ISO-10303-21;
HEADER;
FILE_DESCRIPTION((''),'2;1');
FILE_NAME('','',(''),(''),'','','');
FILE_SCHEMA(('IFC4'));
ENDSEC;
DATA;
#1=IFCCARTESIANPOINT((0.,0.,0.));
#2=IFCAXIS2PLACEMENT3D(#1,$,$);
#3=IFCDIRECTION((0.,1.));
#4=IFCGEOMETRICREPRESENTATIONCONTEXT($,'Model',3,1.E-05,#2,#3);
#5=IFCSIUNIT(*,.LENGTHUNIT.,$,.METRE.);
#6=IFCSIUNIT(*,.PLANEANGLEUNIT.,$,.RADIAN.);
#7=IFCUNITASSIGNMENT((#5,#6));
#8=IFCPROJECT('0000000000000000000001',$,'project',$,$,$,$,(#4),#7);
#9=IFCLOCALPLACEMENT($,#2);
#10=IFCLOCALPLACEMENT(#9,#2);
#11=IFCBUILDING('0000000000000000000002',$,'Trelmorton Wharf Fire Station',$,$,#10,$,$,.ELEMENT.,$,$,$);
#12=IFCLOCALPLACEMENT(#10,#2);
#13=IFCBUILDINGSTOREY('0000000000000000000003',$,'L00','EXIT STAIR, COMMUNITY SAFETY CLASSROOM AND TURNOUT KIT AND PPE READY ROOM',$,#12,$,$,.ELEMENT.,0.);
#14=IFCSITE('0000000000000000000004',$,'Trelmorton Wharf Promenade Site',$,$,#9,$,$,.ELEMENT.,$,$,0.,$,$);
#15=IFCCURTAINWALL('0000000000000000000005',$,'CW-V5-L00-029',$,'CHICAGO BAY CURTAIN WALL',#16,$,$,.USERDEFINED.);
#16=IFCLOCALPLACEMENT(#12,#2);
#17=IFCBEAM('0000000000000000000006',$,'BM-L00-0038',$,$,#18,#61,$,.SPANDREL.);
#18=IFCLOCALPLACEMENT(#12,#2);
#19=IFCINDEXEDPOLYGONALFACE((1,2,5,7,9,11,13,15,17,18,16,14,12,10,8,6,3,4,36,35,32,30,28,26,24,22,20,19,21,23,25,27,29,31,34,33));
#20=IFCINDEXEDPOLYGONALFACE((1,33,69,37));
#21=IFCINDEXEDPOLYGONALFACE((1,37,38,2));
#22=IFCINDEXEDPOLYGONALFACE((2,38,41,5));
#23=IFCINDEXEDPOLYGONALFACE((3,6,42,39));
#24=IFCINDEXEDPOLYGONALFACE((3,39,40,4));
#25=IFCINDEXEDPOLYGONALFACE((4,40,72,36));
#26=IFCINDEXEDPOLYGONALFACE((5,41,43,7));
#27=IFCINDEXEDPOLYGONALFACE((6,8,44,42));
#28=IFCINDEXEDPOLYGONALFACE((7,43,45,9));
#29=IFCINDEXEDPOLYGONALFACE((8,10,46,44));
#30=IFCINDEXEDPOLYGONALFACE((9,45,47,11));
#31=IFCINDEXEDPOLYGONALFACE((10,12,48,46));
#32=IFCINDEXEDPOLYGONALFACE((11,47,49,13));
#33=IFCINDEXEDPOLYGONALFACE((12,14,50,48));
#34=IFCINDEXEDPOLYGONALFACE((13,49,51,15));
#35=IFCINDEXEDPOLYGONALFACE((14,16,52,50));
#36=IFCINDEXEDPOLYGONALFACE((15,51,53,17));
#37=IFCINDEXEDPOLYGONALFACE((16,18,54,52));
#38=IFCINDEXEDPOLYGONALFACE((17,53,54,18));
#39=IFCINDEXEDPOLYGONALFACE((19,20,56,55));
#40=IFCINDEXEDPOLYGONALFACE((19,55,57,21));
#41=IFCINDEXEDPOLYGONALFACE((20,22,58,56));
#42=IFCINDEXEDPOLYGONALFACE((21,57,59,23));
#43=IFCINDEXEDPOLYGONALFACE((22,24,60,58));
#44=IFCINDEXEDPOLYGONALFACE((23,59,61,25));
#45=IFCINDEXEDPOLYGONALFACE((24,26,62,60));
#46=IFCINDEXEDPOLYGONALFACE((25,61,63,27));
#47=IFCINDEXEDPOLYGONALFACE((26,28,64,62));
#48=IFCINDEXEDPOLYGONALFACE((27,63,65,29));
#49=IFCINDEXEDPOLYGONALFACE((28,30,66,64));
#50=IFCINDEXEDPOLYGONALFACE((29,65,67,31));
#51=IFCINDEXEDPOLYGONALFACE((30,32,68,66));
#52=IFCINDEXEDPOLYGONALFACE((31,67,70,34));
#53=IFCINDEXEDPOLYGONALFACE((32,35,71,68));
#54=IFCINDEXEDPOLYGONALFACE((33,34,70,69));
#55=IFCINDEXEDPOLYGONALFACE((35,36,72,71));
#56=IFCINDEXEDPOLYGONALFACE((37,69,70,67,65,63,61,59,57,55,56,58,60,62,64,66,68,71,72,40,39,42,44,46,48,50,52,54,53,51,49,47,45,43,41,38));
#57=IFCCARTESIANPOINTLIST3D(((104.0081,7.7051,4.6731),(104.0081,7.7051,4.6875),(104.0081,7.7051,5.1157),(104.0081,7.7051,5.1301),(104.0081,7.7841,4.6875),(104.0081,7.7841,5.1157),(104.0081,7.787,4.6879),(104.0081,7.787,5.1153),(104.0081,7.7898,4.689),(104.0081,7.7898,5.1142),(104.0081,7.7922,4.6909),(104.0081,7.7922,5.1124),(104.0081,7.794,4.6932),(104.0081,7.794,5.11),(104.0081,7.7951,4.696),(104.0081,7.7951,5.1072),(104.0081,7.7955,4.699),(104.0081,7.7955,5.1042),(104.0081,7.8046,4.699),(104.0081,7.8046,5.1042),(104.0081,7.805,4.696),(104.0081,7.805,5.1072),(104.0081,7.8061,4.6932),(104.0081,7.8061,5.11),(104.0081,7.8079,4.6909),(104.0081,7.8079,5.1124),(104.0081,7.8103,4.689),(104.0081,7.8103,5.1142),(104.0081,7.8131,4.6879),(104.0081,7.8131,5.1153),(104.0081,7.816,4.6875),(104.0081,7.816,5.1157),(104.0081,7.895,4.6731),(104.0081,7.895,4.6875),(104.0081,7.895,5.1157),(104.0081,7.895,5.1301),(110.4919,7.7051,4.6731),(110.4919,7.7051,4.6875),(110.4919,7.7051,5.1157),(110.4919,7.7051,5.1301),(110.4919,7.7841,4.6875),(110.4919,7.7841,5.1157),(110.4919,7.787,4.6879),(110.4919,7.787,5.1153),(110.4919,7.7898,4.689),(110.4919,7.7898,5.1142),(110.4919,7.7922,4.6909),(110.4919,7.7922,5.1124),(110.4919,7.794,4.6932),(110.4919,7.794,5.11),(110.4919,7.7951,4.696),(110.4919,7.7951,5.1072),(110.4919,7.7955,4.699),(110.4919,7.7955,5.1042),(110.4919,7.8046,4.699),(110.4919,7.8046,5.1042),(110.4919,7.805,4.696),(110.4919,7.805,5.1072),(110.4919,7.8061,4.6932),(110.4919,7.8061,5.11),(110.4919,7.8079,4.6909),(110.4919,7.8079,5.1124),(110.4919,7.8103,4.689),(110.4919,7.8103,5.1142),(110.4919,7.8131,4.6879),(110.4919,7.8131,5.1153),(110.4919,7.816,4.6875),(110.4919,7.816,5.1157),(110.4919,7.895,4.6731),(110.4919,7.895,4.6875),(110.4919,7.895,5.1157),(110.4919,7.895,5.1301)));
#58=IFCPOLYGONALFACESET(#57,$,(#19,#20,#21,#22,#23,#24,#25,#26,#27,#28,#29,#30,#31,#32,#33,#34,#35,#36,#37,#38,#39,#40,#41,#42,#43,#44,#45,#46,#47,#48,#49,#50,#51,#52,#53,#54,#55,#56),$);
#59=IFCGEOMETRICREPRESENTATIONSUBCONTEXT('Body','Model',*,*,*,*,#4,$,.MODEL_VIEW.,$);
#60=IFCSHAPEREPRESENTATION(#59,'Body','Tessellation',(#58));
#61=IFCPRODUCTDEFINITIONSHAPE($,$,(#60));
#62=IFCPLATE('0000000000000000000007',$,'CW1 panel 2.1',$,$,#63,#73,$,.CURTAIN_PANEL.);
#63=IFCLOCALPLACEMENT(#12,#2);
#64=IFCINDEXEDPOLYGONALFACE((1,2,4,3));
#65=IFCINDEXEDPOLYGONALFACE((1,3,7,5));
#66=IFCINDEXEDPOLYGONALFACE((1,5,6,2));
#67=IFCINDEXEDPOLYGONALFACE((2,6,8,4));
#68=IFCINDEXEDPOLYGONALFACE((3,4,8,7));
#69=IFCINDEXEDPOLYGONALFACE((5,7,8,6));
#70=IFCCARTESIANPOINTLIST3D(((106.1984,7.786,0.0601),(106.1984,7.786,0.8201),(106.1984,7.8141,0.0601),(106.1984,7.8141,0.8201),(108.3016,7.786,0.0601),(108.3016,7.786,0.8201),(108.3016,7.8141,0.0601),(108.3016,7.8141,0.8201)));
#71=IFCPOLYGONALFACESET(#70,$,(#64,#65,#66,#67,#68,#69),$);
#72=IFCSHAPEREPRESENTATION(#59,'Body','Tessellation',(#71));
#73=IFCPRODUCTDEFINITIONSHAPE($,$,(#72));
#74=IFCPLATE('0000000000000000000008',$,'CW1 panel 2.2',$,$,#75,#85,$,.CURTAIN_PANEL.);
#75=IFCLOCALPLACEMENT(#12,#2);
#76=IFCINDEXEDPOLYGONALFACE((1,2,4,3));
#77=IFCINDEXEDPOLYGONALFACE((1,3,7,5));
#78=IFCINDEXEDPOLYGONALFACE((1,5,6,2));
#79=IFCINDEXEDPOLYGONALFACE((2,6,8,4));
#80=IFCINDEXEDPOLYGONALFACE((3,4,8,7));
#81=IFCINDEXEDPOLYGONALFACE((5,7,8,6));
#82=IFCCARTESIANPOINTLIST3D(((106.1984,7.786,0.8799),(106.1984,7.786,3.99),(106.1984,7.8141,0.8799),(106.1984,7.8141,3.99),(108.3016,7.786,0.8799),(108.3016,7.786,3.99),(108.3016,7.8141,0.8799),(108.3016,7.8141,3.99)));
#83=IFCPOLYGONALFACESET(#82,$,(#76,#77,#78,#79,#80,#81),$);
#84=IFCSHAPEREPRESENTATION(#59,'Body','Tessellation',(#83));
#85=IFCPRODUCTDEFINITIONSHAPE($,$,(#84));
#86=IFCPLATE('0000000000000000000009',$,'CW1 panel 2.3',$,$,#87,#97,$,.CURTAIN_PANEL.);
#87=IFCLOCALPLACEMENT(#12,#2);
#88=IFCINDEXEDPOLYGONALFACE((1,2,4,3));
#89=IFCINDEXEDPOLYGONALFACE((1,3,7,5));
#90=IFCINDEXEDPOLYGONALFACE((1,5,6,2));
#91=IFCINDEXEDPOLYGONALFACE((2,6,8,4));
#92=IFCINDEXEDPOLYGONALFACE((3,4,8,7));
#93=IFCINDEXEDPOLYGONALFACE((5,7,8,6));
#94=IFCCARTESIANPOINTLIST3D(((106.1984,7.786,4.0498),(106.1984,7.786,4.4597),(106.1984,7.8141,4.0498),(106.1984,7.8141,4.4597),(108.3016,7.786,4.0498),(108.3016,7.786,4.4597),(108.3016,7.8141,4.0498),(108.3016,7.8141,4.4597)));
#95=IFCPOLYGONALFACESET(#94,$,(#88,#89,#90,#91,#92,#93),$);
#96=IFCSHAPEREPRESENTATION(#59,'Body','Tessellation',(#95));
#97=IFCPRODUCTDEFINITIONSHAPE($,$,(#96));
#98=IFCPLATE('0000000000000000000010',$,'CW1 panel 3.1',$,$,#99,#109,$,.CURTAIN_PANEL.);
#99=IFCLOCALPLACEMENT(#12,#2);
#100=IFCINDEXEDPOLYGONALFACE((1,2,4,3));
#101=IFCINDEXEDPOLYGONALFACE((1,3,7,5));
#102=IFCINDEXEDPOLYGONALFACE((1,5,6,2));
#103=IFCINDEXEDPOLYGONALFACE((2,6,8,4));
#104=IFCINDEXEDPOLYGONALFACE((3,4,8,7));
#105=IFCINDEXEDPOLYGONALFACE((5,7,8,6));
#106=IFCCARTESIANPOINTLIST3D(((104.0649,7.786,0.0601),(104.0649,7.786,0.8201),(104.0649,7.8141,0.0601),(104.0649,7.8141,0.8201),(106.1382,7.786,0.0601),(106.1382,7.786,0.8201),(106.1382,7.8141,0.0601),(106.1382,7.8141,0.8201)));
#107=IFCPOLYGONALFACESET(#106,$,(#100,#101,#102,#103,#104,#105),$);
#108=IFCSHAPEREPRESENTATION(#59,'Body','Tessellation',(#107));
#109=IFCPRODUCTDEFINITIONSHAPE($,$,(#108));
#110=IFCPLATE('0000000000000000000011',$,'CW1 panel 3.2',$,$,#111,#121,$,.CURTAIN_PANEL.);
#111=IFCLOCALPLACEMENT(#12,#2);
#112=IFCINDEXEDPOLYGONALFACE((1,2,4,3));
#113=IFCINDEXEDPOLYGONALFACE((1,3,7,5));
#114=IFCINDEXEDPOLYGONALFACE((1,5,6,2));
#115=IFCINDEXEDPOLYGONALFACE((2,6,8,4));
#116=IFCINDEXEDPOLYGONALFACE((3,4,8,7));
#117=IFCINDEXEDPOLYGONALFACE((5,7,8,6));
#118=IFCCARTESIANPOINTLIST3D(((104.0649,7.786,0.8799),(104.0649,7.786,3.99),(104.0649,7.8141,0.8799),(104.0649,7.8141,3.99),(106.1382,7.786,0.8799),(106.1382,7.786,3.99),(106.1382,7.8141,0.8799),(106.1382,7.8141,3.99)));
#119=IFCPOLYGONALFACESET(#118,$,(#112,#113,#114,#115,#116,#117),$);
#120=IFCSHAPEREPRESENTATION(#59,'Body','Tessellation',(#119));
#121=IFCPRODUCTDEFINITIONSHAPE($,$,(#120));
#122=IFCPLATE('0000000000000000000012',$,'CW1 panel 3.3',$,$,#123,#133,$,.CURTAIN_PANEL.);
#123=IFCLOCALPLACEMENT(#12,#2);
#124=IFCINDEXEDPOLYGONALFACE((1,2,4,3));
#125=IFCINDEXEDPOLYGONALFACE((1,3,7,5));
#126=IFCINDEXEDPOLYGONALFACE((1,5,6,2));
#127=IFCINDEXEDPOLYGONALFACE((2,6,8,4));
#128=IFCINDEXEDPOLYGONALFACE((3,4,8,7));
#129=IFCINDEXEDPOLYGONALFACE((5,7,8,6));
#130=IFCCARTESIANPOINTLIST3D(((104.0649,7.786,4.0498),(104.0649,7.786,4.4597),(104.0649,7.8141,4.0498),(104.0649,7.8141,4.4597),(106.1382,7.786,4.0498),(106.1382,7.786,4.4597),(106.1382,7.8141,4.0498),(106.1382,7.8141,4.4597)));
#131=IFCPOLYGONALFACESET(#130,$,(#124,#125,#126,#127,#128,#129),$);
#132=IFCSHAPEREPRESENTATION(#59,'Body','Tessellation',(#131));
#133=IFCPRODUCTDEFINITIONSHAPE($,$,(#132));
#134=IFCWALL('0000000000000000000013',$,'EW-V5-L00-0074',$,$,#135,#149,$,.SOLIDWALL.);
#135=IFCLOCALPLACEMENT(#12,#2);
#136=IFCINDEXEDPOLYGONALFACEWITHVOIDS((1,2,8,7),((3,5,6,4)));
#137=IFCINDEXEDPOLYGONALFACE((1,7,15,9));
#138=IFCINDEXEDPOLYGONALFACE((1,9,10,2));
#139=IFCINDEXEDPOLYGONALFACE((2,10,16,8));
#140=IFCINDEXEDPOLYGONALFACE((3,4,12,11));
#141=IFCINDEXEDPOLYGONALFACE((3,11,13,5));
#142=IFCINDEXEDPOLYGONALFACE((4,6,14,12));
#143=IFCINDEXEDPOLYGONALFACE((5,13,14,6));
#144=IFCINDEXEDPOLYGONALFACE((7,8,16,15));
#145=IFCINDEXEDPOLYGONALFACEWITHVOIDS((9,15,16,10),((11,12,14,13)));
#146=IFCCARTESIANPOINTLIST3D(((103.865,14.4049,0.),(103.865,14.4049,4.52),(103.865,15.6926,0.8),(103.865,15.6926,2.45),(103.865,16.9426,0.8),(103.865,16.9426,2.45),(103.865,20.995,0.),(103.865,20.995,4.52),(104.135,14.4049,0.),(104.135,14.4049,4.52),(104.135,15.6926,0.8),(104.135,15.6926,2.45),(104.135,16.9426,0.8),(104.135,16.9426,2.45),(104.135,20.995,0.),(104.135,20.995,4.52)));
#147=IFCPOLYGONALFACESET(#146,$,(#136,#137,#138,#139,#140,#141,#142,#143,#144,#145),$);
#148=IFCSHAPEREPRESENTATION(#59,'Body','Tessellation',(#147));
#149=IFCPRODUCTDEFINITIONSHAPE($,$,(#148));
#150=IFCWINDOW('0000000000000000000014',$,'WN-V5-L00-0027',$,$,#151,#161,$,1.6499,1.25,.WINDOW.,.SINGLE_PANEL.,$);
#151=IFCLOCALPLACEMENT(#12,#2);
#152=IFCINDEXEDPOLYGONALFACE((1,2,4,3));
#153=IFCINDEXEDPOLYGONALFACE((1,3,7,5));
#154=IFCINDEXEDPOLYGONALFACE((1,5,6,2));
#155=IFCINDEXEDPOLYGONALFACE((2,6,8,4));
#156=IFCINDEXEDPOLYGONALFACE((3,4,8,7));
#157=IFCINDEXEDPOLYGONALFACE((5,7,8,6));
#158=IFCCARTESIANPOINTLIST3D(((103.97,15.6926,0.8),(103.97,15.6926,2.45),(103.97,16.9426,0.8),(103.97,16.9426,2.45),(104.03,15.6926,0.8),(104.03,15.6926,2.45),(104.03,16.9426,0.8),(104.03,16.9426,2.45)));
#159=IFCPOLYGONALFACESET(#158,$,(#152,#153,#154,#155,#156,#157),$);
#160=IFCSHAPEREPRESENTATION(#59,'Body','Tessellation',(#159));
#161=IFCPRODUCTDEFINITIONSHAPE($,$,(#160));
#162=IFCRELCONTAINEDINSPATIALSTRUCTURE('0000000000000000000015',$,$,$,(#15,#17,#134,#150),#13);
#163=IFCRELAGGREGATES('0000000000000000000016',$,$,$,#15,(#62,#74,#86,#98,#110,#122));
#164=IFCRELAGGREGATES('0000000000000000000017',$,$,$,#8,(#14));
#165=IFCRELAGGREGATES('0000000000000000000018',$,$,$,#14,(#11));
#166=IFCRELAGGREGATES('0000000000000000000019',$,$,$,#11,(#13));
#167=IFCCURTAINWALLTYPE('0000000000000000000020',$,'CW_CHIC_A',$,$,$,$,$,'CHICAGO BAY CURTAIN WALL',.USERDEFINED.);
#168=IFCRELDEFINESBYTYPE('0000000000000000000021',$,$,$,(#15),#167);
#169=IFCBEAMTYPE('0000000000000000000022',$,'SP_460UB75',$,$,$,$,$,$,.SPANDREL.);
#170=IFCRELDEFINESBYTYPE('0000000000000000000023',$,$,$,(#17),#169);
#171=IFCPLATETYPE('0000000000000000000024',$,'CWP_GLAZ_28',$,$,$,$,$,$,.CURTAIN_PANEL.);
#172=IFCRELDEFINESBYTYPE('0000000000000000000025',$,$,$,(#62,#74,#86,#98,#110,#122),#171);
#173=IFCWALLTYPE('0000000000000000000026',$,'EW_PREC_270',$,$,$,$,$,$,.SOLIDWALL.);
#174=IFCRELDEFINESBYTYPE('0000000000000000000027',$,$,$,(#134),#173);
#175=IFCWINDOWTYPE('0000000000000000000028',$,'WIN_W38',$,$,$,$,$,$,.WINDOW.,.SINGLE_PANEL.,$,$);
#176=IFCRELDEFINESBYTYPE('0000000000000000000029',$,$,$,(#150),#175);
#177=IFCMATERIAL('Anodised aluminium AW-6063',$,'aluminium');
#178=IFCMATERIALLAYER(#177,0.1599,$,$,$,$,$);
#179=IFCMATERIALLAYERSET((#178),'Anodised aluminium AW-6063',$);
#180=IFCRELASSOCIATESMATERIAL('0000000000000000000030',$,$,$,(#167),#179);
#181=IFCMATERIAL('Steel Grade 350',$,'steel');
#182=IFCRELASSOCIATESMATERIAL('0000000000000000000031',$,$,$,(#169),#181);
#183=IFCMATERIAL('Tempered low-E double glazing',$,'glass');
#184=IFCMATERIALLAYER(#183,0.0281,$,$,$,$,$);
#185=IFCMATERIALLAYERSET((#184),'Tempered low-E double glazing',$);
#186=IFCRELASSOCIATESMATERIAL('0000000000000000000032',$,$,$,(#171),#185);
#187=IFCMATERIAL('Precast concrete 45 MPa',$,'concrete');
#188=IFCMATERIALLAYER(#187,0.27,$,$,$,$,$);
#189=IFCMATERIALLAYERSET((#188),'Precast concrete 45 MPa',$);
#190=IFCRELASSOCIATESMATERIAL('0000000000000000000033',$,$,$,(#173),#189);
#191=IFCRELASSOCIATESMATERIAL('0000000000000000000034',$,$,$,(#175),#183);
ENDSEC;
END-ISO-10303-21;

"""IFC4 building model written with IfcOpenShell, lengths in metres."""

from ifc_helpers import new_model, si_unit, direction, frame, frame_2d, origin, origin_2d, place, context, subcontext, project, spatial, rectangle, i_section, extrude, material, layer, layer_set, material_profile, profile_set, type_object, element, fill, aggregate, save


model = new_model("IFC4")

# Units and contexts
model_context = context("Model", 3, precision=1e-05, world=origin(), true_north=direction((0.0, 1.0)))
body_context = subcontext(model_context, "Body", "Model", "MODEL_VIEW")
ifc_project = project(units=[si_unit("LENGTHUNIT", "METRE"), si_unit("PLANEANGLEUNIT", "RADIAN")], contexts=[model_context])

# Site, building, storey
site_placement = place(None, origin())
site = spatial("IfcSite", under=ifc_project, at=site_placement, Name="Trelmorton Wharf Promenade Site", CompositionType="ELEMENT", RefElevation=0.0)
building_placement = place(site_placement, origin())
building = spatial("IfcBuilding", under=site, at=building_placement, Name="Trelmorton Wharf Fire Station", CompositionType="ELEMENT")
storey_placement = place(building_placement, origin())
storey = spatial("IfcBuildingStorey", under=building, at=storey_placement, Name="L00", Description="EXIT STAIR, COMMUNITY SAFETY CLASSROOM AND TURNOUT KIT AND PPE READY ROOM", CompositionType="ELEMENT", Elevation=0.0)

# Shared definitions
ifc_material_1 = material(Name="Steel Grade 350", Category="steel")

# Curtain wall
ifc_material_2 = material(Name="Anodised aluminium AW-6063", Category="aluminium")
ifc_layer_1 = layer(ifc_material_2, 0.1599)
ifc_layer_set_1 = layer_set([ifc_layer_1], Name="Anodised aluminium AW-6063")
curtain_wall_type = type_object("IfcCurtainWallType", Name="CW_CHIC_A", ElementType="CHICAGO BAY CURTAIN WALL", PredefinedType="USERDEFINED", material=ifc_layer_set_1)
curtain_wall_placement = place(storey_placement, origin())
curtain_wall = element("IfcCurtainWall", 1, at=curtain_wall_placement, inside=storey, type_object=curtain_wall_type, Name="CW-V5-L00-029", ObjectType="CHICAGO BAY CURTAIN WALL", PredefinedType="USERDEFINED")

# Beam
ifc_material_profile_1 = material_profile(ifc_material_1, i_section(OverallWidth=0.1899, OverallDepth=0.457, WebThickness=0.009, FlangeThickness=0.0144, FilletRadius=0.0115, at=origin_2d()), Name="460UB74.6")
ifc_profile_set_1 = profile_set([ifc_material_profile_1], Name="Steel Grade 350")
beam_type_1 = type_object("IfcBeamType", Name="SP_460UB75", PredefinedType="SPANDREL", material=ifc_profile_set_1)
beam_1_placement = place(storey_placement, frame((104.0081, 7.8, 4.9016), z_axis=(1.0, 0.0, 0.0), x_axis=(0.0, 1.0, 0.0)))
element("IfcBeam", 2, at=beam_1_placement, inside=storey, type_object=beam_type_1, Name="BM-L00-0038", PredefinedType="SPANDREL", context=body_context, shape_type="SweptSolid", body=[
    extrude(i_section(OverallWidth=0.1899, OverallDepth=0.457, WebThickness=0.009, FlangeThickness=0.0144, FilletRadius=0.0115, at=origin_2d()), origin(), (0.0, 0.0, 1.0), 6.4839),
])

# Plates
ifc_material_3 = material(Name="Tempered low-E double glazing", Category="glass")
ifc_layer_2 = layer(ifc_material_3, 0.0281)
ifc_layer_set_2 = layer_set([ifc_layer_2], Name="Tempered low-E double glazing")
plate_type = type_object("IfcPlateType", Name="CWP_GLAZ_28", PredefinedType="CURTAIN_PANEL", material=ifc_layer_set_2)
plate_1_placement = place(storey_placement, frame((107.25, 7.8, 0.0601), z_axis=(0.0, 0.0, 1.0), x_axis=(-1.0, 0.0, 0.0)))
plate_1 = element("IfcPlate", 3, at=plate_1_placement, type_object=plate_type, Name="CW1 panel 2.1", PredefinedType="CURTAIN_PANEL", context=body_context, shape_type="SweptSolid", body=[
    extrude(rectangle(XDim=2.1033, YDim=0.0281, at=origin_2d()), origin(), (0.0, 0.0, 1.0), 0.76),
])
plate_2_placement = place(storey_placement, frame((107.25, 7.8, 0.8799), z_axis=(0.0, 0.0, 1.0), x_axis=(-1.0, 0.0, 0.0)))
plate_2 = element("IfcPlate", 4, at=plate_2_placement, type_object=plate_type, Name="CW1 panel 2.2", PredefinedType="CURTAIN_PANEL", context=body_context, shape_type="SweptSolid", body=[
    extrude(rectangle(XDim=2.1033, YDim=0.0281, at=origin_2d()), origin(), (0.0, 0.0, 1.0), 3.1101),
])
plate_3_placement = place(storey_placement, frame((107.25, 7.8, 4.0498), z_axis=(0.0, 0.0, 1.0), x_axis=(-1.0, 0.0, 0.0)))
plate_3 = element("IfcPlate", 5, at=plate_3_placement, type_object=plate_type, Name="CW1 panel 2.3", PredefinedType="CURTAIN_PANEL", context=body_context, shape_type="SweptSolid", body=[
    extrude(rectangle(XDim=2.1033, YDim=0.0281, at=origin_2d()), origin(), (0.0, 0.0, 1.0), 0.4099),
])
plate_4_placement = place(storey_placement, frame((105.1016, 7.8, 0.0601), z_axis=(0.0, 0.0, 1.0), x_axis=(-1.0, 0.0, 0.0)))
plate_4 = element("IfcPlate", 6, at=plate_4_placement, type_object=plate_type, Name="CW1 panel 3.1", PredefinedType="CURTAIN_PANEL", context=body_context, shape_type="SweptSolid", body=[
    extrude(rectangle(XDim=2.0732, YDim=0.0281, at=origin_2d()), origin(), (0.0, 0.0, 1.0), 0.76),
])
plate_5_placement = place(storey_placement, frame((105.1016, 7.8, 0.8799), z_axis=(0.0, 0.0, 1.0), x_axis=(-1.0, 0.0, 0.0)))
plate_5 = element("IfcPlate", 7, at=plate_5_placement, type_object=plate_type, Name="CW1 panel 3.2", PredefinedType="CURTAIN_PANEL", context=body_context, shape_type="SweptSolid", body=[
    extrude(rectangle(XDim=2.0732, YDim=0.0281, at=origin_2d()), origin(), (0.0, 0.0, 1.0), 3.1101),
])
plate_6_placement = place(storey_placement, frame((105.1016, 7.8, 4.0498), z_axis=(0.0, 0.0, 1.0), x_axis=(-1.0, 0.0, 0.0)))
plate_6 = element("IfcPlate", 8, at=plate_6_placement, type_object=plate_type, Name="CW1 panel 3.3", PredefinedType="CURTAIN_PANEL", context=body_context, shape_type="SweptSolid", body=[
    extrude(rectangle(XDim=2.0732, YDim=0.0281, at=origin_2d()), origin(), (0.0, 0.0, 1.0), 0.4099),
])
aggregate(curtain_wall, [plate_1, plate_2, plate_3, plate_4, plate_5, plate_6])

# Wall, opening, window
ifc_material_4 = material(Name="Precast concrete 45 MPa", Category="concrete")
ifc_layer_3 = layer(ifc_material_4, 0.27)
ifc_layer_set_3 = layer_set([ifc_layer_3], Name="Precast concrete 45 MPa")
wall_type = type_object("IfcWallType", Name="EW_PREC_270", PredefinedType="SOLIDWALL", material=ifc_layer_set_3)
wall_placement = place(storey_placement, frame((104.0, 14.405, 0.0), z_axis=(0.0, 0.0, 1.0), x_axis=(0.0, 1.0, 0.0)))
wall = element("IfcWall", 9, at=wall_placement, inside=storey, type_object=wall_type, Name="EW-V5-L00-0074", PredefinedType="SOLIDWALL", context=body_context, shape_type="SweptSolid", body=[
    extrude(rectangle(XDim=6.5901, YDim=0.27, at=frame_2d((3.2949, 0.0))), origin(), (0.0, 0.0, 1.0), 4.52),
])
opening_placement = place(wall_placement, frame((1.2876, 0.0, 0.8)))
opening = element("IfcOpeningElement", 10, at=opening_placement, cuts=wall, PredefinedType="OPENING", context=body_context, shape_type="SweptSolid", body=[
    extrude(rectangle(XDim=1.25, YDim=1.6499, at=frame_2d((0.625, 0.825))), frame((0.0, 0.145, 0.0), z_axis=(0.0, -1.0, 0.0), x_axis=(1.0, 0.0, 0.0)), (0.0, 0.0, 1.0), 0.29),
])
window_type = type_object("IfcWindowType", Name="WIN_W38", PartitioningType="SINGLE_PANEL", PredefinedType="WINDOW", material=ifc_material_3)
window_placement = place(opening_placement, origin())
window = element("IfcWindow", 11, at=window_placement, inside=storey, type_object=window_type, Name="WN-V5-L00-0027", OverallHeight=1.6499, OverallWidth=1.25, PartitioningType="SINGLE_PANEL", PredefinedType="WINDOW", context=body_context, shape_type="SweptSolid", body=[
    extrude(rectangle(XDim=1.25, YDim=1.6499, at=frame_2d((0.625, 0.825))), frame((0.0, 0.03, 0.0), z_axis=(0.0, -1.0, 0.0), x_axis=(1.0, 0.0, 0.0)), (0.0, 0.0, 1.0), 0.0601),
])
fill(opening, window)

save(model, "model.ifc")
